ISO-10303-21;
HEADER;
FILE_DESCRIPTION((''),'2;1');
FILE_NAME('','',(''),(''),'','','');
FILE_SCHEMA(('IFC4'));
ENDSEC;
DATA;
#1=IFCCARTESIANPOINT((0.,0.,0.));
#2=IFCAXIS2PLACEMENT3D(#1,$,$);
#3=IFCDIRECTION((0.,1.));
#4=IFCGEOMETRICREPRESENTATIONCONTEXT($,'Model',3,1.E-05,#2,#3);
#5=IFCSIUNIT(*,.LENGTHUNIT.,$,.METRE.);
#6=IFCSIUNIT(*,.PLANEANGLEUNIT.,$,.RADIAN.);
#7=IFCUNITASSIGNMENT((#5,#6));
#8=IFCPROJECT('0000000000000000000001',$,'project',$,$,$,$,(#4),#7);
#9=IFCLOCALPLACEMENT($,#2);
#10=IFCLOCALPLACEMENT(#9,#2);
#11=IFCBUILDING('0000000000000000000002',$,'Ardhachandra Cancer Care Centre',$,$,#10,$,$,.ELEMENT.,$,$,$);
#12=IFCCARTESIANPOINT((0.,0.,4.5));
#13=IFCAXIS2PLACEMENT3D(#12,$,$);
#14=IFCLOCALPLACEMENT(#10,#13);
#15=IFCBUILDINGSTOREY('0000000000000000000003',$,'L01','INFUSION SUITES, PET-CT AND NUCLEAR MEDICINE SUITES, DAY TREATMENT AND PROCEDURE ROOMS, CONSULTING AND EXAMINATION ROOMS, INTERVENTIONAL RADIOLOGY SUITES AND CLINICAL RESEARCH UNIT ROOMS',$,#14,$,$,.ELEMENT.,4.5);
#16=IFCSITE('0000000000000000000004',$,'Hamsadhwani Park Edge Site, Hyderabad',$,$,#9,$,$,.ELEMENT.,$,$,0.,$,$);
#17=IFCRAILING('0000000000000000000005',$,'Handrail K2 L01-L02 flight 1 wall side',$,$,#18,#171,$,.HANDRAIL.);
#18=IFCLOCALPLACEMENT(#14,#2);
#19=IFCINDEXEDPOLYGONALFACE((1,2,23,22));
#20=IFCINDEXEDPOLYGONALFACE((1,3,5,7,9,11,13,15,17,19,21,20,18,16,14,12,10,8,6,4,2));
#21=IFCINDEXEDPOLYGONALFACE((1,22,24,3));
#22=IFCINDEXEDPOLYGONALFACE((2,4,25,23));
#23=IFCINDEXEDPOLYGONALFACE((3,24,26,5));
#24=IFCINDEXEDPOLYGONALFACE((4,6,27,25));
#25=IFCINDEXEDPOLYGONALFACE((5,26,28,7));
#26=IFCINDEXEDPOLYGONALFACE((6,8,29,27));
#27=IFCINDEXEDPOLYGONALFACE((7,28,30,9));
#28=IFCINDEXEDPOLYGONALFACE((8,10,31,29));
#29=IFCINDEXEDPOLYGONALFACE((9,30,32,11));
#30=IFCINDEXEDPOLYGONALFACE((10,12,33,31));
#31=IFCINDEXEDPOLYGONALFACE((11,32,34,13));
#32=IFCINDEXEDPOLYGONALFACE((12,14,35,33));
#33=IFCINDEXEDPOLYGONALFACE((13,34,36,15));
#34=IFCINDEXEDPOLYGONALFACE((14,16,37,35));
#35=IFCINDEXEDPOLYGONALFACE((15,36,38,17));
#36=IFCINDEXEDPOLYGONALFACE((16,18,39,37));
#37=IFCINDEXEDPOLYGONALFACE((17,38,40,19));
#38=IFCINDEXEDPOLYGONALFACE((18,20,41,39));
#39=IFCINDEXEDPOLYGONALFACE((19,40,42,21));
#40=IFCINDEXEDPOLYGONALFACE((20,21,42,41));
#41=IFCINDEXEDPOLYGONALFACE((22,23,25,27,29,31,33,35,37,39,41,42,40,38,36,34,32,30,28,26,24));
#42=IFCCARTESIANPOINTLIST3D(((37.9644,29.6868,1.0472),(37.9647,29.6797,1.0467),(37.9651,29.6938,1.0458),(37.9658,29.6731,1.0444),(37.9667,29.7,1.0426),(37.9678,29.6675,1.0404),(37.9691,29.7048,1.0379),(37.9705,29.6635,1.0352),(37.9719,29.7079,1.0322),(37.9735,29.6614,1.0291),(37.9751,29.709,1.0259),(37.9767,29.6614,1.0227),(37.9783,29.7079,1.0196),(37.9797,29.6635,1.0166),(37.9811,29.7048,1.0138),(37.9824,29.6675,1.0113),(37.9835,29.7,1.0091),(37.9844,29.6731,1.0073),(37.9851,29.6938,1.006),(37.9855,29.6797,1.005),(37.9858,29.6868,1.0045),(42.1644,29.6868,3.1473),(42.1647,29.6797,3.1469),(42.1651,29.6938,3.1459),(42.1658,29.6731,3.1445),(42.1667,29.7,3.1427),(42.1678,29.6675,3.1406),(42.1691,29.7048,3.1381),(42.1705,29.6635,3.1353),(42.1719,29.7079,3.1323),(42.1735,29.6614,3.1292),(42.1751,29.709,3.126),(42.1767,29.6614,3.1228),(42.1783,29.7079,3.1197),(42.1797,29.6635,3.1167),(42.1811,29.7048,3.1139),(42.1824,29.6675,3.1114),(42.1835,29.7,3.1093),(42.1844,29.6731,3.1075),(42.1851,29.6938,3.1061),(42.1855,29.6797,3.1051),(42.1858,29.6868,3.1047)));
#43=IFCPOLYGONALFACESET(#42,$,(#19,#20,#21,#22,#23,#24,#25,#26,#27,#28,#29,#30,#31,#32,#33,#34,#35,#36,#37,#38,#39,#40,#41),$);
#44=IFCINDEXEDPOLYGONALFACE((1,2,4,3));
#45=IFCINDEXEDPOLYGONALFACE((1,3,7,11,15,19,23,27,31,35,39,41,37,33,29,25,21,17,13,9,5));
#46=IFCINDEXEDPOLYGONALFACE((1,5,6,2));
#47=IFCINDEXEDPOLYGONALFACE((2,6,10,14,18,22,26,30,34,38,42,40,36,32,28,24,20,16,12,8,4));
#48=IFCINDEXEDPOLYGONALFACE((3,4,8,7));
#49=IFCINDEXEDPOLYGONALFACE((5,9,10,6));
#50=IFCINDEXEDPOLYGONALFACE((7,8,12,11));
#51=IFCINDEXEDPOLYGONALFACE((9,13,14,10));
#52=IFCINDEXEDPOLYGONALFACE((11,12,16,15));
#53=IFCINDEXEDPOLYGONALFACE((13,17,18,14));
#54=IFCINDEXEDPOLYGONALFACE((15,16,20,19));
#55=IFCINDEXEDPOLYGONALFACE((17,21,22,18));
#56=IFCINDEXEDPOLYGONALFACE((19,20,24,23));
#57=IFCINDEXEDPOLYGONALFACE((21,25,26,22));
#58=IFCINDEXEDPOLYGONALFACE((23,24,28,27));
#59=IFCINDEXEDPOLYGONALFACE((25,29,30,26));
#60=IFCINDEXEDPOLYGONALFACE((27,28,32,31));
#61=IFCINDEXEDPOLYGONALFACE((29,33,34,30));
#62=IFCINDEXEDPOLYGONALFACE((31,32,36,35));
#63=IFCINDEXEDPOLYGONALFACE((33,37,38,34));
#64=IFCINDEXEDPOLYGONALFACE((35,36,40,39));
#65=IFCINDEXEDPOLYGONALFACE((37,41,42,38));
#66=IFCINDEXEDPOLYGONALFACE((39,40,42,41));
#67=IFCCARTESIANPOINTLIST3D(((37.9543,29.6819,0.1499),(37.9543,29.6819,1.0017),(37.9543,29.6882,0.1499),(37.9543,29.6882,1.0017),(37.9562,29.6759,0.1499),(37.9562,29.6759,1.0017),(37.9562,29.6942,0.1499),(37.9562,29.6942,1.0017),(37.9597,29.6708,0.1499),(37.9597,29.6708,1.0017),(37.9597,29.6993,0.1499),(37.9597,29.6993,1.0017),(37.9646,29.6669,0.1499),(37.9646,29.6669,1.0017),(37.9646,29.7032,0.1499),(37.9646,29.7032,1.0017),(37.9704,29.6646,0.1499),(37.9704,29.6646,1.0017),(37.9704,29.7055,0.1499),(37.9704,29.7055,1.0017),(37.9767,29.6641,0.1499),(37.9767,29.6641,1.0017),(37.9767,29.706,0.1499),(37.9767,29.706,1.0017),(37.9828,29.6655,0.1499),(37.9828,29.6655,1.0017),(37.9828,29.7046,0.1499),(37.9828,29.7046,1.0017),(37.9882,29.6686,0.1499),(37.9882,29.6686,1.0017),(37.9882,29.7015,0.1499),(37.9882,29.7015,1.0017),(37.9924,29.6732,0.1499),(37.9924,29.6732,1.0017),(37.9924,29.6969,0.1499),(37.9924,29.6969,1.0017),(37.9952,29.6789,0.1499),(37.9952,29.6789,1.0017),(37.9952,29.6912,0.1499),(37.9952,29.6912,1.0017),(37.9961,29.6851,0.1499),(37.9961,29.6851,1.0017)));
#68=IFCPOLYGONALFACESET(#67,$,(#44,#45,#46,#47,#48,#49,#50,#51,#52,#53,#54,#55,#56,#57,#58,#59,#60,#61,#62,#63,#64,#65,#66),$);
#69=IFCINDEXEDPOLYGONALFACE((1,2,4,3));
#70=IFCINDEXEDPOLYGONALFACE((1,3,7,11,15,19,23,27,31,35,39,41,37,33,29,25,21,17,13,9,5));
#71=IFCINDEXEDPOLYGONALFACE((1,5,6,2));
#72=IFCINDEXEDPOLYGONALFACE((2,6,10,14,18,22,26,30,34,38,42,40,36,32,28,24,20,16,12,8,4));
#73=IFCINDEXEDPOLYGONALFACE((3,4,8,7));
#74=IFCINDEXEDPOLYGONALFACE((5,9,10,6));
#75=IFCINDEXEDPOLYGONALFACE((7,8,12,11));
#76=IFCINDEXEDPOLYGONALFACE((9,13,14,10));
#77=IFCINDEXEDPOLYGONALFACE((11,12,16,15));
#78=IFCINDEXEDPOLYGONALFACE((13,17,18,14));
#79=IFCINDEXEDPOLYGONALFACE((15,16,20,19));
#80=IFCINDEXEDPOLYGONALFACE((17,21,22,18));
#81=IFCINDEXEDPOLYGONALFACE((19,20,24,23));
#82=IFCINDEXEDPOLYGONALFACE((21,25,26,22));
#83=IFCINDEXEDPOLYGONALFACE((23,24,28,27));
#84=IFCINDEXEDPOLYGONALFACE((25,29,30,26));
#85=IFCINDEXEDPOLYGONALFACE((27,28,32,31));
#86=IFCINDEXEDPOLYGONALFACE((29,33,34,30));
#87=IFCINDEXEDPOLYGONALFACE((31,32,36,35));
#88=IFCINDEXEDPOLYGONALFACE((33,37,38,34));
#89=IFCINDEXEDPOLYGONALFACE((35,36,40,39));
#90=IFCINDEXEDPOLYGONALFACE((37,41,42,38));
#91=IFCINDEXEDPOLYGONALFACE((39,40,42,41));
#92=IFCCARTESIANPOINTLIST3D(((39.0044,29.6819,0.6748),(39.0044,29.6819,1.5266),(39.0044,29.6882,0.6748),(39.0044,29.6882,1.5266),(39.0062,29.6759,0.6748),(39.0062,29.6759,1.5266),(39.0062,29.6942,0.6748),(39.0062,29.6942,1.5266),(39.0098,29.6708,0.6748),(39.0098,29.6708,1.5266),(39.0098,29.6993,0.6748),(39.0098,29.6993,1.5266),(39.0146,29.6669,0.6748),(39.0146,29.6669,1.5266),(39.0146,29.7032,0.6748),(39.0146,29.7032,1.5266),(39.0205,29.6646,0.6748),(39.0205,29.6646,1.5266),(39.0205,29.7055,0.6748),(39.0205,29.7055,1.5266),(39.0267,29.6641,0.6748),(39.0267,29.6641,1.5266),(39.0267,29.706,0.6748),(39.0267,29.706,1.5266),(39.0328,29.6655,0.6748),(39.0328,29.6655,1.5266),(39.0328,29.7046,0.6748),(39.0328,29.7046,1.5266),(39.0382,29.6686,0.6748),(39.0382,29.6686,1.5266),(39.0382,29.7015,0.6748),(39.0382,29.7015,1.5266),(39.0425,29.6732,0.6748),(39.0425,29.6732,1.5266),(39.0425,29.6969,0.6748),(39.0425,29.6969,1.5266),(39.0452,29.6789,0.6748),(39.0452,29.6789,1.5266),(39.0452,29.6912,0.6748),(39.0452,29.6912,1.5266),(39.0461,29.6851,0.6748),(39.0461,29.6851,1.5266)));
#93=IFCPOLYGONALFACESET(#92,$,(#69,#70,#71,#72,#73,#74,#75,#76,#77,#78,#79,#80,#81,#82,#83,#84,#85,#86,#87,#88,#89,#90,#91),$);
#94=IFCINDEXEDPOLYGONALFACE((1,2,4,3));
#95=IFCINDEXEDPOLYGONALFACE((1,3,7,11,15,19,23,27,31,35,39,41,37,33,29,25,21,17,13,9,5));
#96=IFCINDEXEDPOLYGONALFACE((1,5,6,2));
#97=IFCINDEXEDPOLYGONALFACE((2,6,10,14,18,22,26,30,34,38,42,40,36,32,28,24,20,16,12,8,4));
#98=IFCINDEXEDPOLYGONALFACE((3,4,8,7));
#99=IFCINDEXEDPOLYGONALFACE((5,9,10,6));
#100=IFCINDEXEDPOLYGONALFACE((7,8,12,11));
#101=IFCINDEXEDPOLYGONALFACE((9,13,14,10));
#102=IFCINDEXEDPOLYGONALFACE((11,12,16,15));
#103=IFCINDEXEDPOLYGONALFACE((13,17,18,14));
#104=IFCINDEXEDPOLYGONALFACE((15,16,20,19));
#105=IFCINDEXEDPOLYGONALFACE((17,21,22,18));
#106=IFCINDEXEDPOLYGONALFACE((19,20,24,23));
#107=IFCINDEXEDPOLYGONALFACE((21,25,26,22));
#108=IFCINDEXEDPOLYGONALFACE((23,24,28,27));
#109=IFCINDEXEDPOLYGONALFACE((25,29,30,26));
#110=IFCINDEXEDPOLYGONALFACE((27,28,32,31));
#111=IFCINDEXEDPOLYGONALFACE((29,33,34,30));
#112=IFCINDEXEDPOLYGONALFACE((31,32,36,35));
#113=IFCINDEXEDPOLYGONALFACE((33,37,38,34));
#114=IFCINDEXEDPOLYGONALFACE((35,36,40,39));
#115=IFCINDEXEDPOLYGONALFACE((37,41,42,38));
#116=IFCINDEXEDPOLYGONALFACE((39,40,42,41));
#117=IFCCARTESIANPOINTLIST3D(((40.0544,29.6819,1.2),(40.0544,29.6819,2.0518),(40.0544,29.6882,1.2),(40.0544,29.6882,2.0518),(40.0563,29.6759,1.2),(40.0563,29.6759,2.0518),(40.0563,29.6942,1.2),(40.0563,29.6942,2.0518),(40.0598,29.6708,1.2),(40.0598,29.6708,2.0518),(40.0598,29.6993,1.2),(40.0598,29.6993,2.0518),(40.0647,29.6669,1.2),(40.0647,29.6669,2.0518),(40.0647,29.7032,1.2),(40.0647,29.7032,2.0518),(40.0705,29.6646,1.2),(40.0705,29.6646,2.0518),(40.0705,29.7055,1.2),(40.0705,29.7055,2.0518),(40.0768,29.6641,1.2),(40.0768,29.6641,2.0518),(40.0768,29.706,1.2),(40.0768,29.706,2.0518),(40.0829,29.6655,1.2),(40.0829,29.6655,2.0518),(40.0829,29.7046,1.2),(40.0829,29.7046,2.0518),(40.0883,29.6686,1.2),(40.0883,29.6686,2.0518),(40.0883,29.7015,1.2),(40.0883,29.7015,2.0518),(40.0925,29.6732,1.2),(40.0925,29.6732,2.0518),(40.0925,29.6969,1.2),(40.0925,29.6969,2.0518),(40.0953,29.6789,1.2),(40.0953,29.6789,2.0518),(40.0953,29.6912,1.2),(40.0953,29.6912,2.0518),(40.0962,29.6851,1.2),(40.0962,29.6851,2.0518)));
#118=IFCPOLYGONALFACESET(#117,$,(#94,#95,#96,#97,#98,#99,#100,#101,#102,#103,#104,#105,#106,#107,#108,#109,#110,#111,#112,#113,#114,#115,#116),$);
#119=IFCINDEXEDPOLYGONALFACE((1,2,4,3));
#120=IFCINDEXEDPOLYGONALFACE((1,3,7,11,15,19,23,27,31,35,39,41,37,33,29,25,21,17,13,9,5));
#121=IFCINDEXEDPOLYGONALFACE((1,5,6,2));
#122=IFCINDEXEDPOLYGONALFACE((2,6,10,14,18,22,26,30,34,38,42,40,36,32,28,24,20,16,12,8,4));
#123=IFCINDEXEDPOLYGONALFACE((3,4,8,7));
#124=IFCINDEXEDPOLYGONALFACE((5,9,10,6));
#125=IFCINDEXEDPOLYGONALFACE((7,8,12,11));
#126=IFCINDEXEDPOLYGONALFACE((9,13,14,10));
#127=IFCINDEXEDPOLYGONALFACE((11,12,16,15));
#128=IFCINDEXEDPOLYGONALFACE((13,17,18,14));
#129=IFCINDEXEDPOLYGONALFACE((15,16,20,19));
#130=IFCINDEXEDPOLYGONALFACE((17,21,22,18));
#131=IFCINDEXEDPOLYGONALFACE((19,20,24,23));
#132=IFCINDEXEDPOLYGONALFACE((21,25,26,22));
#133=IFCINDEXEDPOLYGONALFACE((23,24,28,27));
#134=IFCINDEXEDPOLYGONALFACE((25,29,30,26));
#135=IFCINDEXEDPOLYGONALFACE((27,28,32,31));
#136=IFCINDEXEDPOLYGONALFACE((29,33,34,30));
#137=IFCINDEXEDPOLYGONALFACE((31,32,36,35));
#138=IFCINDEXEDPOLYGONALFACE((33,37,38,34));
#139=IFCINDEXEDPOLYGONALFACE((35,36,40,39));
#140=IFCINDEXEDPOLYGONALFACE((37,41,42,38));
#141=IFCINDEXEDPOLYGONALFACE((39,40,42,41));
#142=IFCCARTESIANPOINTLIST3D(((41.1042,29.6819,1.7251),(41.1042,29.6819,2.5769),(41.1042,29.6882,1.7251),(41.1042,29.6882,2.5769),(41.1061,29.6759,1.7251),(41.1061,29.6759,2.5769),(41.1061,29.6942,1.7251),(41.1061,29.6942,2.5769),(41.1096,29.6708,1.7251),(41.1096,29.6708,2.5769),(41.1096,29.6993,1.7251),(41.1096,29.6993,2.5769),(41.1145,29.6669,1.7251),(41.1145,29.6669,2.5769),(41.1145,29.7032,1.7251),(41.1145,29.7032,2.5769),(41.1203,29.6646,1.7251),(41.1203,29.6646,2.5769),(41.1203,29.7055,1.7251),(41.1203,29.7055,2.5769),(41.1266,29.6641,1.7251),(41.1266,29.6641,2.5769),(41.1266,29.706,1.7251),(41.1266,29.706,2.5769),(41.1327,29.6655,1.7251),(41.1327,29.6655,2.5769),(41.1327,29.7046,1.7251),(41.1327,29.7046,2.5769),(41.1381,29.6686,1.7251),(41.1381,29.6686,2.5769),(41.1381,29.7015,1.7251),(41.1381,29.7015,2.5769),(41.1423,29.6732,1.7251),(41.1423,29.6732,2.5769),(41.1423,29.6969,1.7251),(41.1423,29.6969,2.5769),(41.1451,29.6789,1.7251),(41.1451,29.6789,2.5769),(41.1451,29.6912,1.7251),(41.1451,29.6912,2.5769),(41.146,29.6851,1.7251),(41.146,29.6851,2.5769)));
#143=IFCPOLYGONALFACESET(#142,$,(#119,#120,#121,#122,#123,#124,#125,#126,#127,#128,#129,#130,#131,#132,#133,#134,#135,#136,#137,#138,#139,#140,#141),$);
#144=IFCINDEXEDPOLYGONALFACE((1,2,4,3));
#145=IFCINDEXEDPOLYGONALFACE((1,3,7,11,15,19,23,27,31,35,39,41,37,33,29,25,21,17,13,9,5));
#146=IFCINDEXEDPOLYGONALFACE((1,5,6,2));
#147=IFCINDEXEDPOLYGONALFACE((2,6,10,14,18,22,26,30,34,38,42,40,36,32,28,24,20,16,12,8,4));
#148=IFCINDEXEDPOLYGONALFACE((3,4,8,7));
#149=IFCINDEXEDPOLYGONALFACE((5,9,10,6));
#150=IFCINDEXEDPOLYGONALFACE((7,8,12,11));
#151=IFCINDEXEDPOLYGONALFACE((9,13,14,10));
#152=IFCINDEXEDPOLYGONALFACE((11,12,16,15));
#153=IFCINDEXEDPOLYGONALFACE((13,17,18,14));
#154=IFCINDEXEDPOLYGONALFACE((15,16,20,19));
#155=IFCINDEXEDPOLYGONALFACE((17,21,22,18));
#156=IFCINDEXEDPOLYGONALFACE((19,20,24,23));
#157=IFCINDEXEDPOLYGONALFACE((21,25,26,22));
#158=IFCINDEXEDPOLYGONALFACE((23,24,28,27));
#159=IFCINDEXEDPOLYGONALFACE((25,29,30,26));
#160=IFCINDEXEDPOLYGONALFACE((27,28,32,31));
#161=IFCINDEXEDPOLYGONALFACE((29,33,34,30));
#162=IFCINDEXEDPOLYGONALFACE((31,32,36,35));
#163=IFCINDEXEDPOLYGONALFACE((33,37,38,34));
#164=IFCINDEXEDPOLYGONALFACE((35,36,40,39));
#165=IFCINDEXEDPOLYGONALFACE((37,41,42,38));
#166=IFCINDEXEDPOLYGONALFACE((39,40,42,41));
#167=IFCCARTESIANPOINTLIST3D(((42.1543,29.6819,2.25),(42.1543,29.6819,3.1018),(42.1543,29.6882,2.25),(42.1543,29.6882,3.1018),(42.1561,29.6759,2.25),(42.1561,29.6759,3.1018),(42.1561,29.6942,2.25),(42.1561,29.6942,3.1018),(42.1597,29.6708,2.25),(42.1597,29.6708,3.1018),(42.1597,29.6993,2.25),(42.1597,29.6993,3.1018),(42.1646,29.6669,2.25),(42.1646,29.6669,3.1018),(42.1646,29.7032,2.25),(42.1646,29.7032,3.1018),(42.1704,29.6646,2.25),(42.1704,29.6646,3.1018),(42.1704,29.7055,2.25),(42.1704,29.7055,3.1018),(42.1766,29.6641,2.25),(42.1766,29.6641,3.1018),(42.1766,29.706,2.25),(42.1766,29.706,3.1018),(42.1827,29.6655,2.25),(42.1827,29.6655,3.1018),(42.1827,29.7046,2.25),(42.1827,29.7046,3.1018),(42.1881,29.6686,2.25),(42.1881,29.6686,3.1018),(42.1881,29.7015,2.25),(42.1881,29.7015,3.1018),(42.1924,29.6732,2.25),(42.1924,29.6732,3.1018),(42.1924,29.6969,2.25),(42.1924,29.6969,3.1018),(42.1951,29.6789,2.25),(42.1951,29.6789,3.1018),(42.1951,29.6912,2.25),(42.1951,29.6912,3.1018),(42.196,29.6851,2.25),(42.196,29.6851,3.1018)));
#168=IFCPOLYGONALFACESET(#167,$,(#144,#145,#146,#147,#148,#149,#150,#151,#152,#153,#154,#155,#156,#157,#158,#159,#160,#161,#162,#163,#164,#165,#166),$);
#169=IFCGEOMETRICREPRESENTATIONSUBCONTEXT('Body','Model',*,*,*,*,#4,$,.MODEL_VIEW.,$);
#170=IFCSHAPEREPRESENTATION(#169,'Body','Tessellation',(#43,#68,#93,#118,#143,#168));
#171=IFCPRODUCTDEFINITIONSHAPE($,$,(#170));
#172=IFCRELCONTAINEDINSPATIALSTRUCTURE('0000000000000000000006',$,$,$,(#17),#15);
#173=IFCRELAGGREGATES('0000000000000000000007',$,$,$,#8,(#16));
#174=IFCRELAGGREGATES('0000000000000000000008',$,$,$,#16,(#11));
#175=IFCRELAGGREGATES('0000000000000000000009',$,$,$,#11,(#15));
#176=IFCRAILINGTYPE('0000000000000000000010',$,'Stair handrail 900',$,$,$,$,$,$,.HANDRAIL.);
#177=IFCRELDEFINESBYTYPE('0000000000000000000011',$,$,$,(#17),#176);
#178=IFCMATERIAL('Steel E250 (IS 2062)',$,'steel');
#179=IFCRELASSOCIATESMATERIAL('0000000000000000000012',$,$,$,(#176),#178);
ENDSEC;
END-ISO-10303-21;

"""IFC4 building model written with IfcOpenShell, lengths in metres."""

from ifc_helpers import new_model, si_unit, direction, frame, origin, origin_2d, place, context, subcontext, project, spatial, circle, extrude, material, type_object, element, save


model = new_model("IFC4")

# Units and contexts
model_context = context("Model", 3, precision=1e-05, world=origin(), true_north=direction((0.0, 1.0)))
body_context = subcontext(model_context, "Body", "Model", "MODEL_VIEW")
ifc_project = project(units=[si_unit("LENGTHUNIT", "METRE"), si_unit("PLANEANGLEUNIT", "RADIAN")], contexts=[model_context])

# Site, building, storey
site_placement = place(None, origin())
site = spatial("IfcSite", under=ifc_project, at=site_placement, Name="Hamsadhwani Park Edge Site, Hyderabad", CompositionType="ELEMENT", RefElevation=0.0)
building_placement = place(site_placement, origin())
building = spatial("IfcBuilding", under=site, at=building_placement, Name="Ardhachandra Cancer Care Centre", CompositionType="ELEMENT")
storey_placement = place(building_placement, frame((0.0, 0.0, 4.5)))
storey = spatial("IfcBuildingStorey", under=building, at=storey_placement, Name="L01", Description="INFUSION SUITES, PET-CT AND NUCLEAR MEDICINE SUITES, DAY TREATMENT AND PROCEDURE ROOMS, CONSULTING AND EXAMINATION ROOMS, INTERVENTIONAL RADIOLOGY SUITES AND CLINICAL RESEARCH UNIT ROOMS", CompositionType="ELEMENT", Elevation=4.5)

# Railing
ifc_material_1 = material(Name="Steel E250 (IS 2062)", Category="steel")
railing_type_1 = type_object("IfcRailingType", Name="Stair handrail 900", PredefinedType="HANDRAIL", material=ifc_material_1)
for number, where, name in (
    (1, (37.9751, 29.6851, 0.1499), "Handrail K2 L01-L02 flight 1 wall side"),
):
    element("IfcRailing", number, at=place(storey_placement, frame(where)), inside=storey, type_object=railing_type_1, Name=name, PredefinedType="HANDRAIL", context=body_context, shape_type="SweptSolid", body=[
        extrude(circle(Radius=0.0239, at=origin_2d()), frame((0.0, 0.0, 0.876), z_axis=(0.894417, 0.0, 0.447234), x_axis=(0.0, 1.0, 0.0)), (0.0, 0.0, 1.0), 4.6958),
        extrude(circle(Radius=0.021, at=origin_2d()), origin(), (0.0, 0.0, 1.0), 0.8518),
        extrude(circle(Radius=0.021, at=origin_2d()), frame((1.05, 0.0, 0.5249)), (0.0, 0.0, 1.0), 0.8518),
        extrude(circle(Radius=0.021, at=origin_2d()), frame((2.1001, 0.0, 1.05)), (0.0, 0.0, 1.0), 0.8518),
        extrude(circle(Radius=0.021, at=origin_2d()), frame((3.1499, 0.0, 1.5752)), (0.0, 0.0, 1.0), 0.8518),
        extrude(circle(Radius=0.021, at=origin_2d()), frame((4.2, 0.0, 2.1001)), (0.0, 0.0, 1.0), 0.8518),
    ])

save(model, "model.ifc")
